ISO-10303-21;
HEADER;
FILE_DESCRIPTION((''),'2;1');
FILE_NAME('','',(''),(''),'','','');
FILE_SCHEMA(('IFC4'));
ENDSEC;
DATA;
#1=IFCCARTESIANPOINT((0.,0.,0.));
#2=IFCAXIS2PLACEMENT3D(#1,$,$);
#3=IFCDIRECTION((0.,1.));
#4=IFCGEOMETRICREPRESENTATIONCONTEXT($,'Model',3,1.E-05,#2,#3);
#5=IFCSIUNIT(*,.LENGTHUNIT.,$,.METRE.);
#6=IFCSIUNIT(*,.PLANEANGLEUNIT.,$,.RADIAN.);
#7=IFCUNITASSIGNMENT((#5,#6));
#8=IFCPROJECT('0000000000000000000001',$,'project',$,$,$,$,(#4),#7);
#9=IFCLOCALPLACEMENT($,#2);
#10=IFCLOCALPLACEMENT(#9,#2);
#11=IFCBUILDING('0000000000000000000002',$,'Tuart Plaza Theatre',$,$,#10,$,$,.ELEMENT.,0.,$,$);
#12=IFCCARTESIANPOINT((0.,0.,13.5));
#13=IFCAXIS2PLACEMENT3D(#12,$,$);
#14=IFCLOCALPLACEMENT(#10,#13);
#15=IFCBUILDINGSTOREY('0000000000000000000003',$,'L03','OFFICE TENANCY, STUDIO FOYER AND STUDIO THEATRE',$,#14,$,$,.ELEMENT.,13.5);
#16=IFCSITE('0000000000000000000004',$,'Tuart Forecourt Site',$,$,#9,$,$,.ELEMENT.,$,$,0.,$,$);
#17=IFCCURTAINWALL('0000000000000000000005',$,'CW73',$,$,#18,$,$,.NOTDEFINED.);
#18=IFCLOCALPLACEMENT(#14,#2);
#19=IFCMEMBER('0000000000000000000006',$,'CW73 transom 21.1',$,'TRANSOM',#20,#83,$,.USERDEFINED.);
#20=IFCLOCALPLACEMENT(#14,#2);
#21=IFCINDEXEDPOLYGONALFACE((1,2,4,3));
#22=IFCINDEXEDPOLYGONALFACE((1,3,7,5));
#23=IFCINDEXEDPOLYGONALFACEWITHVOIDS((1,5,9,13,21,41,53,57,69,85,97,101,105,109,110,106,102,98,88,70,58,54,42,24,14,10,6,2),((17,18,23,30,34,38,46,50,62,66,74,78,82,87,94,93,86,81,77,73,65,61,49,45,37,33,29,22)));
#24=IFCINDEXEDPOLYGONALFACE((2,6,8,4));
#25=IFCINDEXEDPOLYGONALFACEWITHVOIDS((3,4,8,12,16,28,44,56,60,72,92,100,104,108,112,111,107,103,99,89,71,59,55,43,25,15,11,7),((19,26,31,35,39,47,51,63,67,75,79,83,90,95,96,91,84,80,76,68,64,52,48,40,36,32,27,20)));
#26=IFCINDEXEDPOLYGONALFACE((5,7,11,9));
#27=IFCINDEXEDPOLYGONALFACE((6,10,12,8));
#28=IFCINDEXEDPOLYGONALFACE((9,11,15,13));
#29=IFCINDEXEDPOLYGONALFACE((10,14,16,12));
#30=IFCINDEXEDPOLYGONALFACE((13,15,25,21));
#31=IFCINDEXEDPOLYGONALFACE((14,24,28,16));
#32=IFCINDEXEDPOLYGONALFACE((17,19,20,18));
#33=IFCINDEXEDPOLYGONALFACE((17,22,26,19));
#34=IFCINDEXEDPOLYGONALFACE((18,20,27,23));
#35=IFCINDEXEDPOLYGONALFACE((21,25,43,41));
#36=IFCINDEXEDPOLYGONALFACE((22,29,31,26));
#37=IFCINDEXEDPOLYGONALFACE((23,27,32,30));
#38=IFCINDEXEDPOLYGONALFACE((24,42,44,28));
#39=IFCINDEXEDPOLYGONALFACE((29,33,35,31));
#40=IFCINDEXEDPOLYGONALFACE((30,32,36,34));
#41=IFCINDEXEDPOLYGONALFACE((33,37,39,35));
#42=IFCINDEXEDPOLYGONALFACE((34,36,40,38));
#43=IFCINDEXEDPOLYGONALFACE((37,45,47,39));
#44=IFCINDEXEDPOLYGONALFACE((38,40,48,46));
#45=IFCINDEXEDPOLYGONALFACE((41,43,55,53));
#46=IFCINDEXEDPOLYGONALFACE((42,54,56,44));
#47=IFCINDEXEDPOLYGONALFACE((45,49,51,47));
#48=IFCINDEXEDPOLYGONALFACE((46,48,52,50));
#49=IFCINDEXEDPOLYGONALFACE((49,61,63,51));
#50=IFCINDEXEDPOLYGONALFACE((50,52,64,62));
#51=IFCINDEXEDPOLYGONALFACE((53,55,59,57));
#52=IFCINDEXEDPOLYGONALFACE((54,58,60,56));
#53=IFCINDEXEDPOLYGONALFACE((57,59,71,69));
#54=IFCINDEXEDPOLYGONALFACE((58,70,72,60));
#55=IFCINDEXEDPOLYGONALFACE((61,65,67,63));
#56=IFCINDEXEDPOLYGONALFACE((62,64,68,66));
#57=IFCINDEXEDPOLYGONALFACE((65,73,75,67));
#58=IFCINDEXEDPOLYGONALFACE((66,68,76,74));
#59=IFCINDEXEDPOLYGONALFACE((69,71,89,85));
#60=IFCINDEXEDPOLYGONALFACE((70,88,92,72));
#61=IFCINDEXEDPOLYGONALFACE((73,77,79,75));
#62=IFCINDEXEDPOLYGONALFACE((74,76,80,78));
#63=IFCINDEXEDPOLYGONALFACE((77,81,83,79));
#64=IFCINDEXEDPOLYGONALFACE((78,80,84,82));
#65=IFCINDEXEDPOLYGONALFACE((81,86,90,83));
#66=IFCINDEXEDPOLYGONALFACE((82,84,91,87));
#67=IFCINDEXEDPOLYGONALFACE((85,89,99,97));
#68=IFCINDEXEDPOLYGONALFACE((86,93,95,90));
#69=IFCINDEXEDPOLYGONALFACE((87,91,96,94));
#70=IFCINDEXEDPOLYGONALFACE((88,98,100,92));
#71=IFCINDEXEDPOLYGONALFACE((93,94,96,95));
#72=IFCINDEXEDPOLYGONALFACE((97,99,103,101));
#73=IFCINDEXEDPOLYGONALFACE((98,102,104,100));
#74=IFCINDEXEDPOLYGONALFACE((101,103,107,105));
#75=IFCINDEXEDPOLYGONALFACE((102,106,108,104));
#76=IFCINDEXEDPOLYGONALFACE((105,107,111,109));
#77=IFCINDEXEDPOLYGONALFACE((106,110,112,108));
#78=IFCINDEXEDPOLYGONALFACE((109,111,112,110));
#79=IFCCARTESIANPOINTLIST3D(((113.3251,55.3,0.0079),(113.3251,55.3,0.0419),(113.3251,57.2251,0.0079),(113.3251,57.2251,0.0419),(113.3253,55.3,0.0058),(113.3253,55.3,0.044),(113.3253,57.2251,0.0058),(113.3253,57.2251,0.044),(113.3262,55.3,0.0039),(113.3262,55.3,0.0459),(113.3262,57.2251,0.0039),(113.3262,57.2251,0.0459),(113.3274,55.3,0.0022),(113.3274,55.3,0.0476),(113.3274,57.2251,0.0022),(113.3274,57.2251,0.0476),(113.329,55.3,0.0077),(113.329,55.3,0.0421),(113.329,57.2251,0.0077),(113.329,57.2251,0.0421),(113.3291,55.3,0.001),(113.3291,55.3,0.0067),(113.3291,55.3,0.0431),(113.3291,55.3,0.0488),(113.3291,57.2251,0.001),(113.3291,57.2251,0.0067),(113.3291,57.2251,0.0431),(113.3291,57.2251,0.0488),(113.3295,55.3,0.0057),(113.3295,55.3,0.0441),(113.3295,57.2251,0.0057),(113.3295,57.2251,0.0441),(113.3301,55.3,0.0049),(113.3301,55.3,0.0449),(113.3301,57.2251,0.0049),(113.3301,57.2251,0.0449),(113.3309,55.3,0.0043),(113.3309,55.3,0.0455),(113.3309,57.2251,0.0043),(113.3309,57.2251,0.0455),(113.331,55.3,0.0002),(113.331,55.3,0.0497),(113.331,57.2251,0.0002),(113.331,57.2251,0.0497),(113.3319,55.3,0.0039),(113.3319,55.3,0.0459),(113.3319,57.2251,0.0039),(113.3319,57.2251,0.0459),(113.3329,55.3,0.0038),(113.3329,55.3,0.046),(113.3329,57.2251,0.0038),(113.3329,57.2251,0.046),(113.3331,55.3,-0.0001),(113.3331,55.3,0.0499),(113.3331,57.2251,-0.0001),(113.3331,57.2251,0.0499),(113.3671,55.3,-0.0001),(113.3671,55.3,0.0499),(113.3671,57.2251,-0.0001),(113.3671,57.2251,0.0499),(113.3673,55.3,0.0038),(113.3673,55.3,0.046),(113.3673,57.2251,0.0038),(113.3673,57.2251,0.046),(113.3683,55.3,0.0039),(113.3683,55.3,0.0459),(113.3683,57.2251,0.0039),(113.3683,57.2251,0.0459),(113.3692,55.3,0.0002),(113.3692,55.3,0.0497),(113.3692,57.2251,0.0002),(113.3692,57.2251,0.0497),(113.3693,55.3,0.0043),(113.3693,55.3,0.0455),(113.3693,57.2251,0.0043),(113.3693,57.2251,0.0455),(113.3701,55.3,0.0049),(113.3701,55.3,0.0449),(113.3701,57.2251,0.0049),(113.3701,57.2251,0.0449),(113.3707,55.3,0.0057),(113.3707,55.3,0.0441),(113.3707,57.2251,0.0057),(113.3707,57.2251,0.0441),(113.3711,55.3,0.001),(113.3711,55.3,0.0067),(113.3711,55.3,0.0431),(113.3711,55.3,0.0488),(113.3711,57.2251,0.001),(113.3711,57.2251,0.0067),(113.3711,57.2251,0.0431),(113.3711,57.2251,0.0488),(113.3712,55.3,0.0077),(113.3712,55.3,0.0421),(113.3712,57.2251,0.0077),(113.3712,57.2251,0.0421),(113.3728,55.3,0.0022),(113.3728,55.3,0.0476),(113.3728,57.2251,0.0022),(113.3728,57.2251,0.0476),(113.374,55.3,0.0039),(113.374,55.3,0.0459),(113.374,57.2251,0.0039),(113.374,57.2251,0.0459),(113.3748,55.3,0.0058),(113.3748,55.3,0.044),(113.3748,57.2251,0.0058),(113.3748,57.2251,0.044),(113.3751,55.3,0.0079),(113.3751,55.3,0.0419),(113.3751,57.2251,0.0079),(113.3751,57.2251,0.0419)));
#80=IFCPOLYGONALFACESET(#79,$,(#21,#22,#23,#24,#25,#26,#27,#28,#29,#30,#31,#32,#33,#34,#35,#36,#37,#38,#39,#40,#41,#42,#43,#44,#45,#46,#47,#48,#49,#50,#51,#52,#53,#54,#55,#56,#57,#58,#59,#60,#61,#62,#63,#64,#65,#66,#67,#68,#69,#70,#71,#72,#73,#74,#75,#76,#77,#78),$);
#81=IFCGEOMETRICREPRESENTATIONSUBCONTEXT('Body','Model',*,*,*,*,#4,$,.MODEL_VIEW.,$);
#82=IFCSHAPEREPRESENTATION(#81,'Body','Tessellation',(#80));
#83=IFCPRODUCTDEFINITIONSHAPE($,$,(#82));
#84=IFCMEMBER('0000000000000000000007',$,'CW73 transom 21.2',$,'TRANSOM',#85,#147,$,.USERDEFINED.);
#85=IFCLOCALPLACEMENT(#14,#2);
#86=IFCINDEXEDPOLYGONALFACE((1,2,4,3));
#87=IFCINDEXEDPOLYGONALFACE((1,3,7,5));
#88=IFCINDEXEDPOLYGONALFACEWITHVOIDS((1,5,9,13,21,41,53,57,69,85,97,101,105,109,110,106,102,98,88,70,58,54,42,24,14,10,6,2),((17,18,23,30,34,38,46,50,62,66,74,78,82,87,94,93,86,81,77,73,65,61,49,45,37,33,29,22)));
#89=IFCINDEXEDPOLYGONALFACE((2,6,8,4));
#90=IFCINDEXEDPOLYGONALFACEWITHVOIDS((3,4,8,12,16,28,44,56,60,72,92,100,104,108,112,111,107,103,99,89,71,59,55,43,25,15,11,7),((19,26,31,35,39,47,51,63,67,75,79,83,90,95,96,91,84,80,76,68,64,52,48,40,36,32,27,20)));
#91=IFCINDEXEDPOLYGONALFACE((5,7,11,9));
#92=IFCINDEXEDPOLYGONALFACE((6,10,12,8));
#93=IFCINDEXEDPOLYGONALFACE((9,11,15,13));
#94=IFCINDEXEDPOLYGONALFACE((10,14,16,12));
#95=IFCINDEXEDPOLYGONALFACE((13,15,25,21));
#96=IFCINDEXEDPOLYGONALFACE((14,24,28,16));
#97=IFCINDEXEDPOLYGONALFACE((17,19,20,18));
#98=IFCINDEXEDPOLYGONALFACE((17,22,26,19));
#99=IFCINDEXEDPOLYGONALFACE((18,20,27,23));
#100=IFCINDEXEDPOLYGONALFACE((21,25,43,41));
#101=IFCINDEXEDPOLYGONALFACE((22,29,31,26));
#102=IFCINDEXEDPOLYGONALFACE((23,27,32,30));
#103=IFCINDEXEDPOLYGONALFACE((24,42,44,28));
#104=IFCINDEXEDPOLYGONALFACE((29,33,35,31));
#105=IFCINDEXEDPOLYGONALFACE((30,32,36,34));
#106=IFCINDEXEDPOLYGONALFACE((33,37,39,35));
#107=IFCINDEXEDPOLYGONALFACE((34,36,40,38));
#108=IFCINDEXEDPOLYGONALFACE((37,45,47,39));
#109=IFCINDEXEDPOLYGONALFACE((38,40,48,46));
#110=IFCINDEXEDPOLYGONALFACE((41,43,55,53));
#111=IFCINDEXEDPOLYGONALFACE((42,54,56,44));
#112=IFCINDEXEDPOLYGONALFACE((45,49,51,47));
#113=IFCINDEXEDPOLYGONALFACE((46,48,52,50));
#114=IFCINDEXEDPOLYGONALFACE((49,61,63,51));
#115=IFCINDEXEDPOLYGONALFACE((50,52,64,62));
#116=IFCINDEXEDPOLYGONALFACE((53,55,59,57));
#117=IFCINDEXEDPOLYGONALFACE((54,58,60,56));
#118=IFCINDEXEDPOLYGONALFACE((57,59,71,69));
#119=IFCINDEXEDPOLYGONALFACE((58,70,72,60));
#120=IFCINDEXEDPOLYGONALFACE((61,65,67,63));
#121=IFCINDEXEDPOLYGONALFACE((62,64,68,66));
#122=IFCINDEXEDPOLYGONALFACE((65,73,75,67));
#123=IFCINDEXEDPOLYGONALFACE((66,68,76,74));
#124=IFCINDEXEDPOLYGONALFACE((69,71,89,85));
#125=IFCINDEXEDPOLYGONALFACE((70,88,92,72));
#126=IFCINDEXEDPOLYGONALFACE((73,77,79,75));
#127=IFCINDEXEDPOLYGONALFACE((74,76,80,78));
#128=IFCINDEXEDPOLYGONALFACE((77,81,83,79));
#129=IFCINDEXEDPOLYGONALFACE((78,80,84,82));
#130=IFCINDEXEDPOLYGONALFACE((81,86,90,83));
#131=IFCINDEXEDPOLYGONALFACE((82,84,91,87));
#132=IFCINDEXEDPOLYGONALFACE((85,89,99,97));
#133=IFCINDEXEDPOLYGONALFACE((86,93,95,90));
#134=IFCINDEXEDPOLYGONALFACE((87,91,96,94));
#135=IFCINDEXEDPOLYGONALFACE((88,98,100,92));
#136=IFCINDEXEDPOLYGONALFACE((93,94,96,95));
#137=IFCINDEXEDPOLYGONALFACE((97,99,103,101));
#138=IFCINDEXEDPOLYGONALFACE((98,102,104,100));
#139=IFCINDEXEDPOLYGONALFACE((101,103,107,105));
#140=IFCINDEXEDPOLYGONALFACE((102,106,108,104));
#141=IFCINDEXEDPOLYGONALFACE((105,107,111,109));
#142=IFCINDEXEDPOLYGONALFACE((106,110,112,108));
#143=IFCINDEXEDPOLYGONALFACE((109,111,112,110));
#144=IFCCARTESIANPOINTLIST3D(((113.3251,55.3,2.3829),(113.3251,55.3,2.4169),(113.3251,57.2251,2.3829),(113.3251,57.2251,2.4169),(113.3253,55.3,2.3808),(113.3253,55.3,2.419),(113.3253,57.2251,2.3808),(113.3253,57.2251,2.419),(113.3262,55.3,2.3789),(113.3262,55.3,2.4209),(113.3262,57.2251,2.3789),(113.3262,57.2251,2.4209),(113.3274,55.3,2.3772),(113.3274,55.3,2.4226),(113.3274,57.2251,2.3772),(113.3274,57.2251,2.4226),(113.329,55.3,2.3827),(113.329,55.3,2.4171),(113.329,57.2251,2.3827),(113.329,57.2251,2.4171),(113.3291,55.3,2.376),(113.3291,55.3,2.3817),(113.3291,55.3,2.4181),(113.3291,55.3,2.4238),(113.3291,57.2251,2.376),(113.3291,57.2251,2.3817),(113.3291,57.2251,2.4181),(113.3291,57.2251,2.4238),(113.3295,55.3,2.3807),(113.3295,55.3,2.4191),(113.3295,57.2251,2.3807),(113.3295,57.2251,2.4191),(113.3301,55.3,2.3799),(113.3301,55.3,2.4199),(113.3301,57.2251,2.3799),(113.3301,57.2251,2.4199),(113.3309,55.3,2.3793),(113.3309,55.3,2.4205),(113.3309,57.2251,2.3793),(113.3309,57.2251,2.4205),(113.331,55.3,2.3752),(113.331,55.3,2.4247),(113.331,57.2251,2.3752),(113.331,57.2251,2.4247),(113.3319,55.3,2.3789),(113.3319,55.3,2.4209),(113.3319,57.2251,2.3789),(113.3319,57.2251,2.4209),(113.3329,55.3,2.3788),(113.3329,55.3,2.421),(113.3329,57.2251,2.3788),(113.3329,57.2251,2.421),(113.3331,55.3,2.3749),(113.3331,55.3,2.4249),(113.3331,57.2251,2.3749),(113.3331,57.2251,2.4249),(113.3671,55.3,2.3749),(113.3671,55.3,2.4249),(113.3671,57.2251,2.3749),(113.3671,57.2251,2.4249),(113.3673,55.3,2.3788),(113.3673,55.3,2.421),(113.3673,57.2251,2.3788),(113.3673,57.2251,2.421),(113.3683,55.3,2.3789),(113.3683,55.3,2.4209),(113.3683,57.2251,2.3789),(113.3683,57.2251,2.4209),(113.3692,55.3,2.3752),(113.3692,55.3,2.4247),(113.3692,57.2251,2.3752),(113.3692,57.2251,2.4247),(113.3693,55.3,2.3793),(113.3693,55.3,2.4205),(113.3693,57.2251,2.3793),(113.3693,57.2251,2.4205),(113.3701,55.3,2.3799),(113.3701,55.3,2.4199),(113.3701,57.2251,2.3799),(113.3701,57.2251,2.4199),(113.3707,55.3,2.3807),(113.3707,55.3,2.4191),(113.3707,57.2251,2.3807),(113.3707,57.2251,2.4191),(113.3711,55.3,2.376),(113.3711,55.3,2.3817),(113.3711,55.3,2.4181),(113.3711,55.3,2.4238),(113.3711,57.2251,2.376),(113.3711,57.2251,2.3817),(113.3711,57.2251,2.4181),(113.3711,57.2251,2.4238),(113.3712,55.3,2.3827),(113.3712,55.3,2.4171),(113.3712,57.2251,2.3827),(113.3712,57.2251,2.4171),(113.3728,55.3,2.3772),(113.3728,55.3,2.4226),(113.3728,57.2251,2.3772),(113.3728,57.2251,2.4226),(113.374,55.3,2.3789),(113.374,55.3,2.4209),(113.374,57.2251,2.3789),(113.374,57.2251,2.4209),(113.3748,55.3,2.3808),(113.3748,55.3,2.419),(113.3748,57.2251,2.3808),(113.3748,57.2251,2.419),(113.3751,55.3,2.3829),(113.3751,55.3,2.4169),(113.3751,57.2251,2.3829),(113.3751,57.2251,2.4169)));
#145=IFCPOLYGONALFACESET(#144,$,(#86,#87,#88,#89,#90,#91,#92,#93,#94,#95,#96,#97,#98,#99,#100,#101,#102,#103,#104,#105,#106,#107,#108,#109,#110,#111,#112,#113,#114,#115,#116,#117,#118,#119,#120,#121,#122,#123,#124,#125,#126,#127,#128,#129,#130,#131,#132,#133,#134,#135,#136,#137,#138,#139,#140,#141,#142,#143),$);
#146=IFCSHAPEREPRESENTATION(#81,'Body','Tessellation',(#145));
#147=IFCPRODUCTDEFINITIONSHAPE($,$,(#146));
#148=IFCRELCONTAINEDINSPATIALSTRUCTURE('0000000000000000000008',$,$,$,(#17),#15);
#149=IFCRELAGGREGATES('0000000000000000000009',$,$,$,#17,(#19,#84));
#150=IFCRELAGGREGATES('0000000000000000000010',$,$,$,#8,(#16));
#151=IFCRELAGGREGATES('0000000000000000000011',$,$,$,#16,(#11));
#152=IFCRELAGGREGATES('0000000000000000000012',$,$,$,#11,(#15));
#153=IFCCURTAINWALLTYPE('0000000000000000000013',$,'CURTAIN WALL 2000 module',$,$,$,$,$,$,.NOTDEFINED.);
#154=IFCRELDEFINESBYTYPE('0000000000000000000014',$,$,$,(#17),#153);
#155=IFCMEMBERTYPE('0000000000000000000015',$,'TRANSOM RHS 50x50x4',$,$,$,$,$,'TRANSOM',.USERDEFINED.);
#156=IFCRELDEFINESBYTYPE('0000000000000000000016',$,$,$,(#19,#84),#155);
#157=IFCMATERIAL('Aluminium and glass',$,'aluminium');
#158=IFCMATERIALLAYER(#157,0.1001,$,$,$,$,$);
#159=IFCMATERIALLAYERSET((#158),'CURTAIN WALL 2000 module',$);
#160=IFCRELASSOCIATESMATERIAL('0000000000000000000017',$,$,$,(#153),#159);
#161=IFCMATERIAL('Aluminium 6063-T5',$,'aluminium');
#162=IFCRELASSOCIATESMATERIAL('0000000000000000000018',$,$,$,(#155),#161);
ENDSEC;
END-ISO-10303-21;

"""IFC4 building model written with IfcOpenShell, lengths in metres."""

from ifc_helpers import new_model, si_unit, direction, frame, origin, origin_2d, place, context, subcontext, project, spatial, hollow_rectangle, extrude, material, layer, layer_set, material_profile, profile_set, type_object, element, aggregate, save


model = new_model("IFC4")

# Units and contexts
model_context = context("Model", 3, precision=1e-05, world=origin(), true_north=direction((0.0, 1.0)))
body_context = subcontext(model_context, "Body", "Model", "MODEL_VIEW")
ifc_project = project(units=[si_unit("LENGTHUNIT", "METRE"), si_unit("PLANEANGLEUNIT", "RADIAN")], contexts=[model_context])

# Site, building, storey
site_placement = place(None, origin())
site = spatial("IfcSite", under=ifc_project, at=site_placement, Name="Tuart Forecourt Site", CompositionType="ELEMENT", RefElevation=0.0)
building_placement = place(site_placement, origin())
building = spatial("IfcBuilding", under=site, at=building_placement, Name="Tuart Plaza Theatre", CompositionType="ELEMENT", ElevationOfRefHeight=0.0)
storey_placement = place(building_placement, frame((0.0, 0.0, 13.5)))
storey = spatial("IfcBuildingStorey", under=building, at=storey_placement, Name="L03", Description="OFFICE TENANCY, STUDIO FOYER AND STUDIO THEATRE", CompositionType="ELEMENT", Elevation=13.5)

# Curtain wall, members
ifc_material_1 = material(Name="Aluminium and glass", Category="aluminium")
ifc_layer_1 = layer(ifc_material_1, 0.1001)
ifc_layer_set_1 = layer_set([ifc_layer_1], Name="CURTAIN WALL 2000 module")
curtain_wall_type = type_object("IfcCurtainWallType", Name="CURTAIN WALL 2000 module", PredefinedType="NOTDEFINED", material=ifc_layer_set_1)
curtain_wall_placement = place(storey_placement, origin())
curtain_wall = element("IfcCurtainWall", 1, at=curtain_wall_placement, inside=storey, type_object=curtain_wall_type, Name="CW73", PredefinedType="NOTDEFINED")
ifc_material_2 = material(Name="Aluminium 6063-T5", Category="aluminium")
ifc_material_profile_1 = material_profile(ifc_material_2, hollow_rectangle(XDim=0.05, YDim=0.05, WallThickness=0.0039, InnerFilletRadius=0.0039, OuterFilletRadius=0.0081, at=origin_2d()), Name="RHS 50x50x4")
ifc_profile_set_1 = profile_set([ifc_material_profile_1], Name="Aluminium 6063-T5")
member_type_1 = type_object("IfcMemberType", Name="TRANSOM RHS 50x50x4", ElementType="TRANSOM", PredefinedType="USERDEFINED", material=ifc_profile_set_1)
member_1_placement = place(storey_placement, frame((113.3501, 57.2251, 0.0249), z_axis=(0.0, -1.0, 0.0), x_axis=(1.0, 0.0, 0.0)))
member_1 = element("IfcMember", 2, at=member_1_placement, type_object=member_type_1, Name="CW73 transom 21.1", ObjectType="TRANSOM", PredefinedType="USERDEFINED", context=body_context, shape_type="SweptSolid", body=[
    extrude(hollow_rectangle(XDim=0.05, YDim=0.05, WallThickness=0.0039, InnerFilletRadius=0.0039, OuterFilletRadius=0.0081, at=origin_2d()), origin(), (0.0, 0.0, 1.0), 1.925),
])
member_2_placement = place(storey_placement, frame((113.3501, 57.2251, 2.3999), z_axis=(0.0, -1.0, 0.0), x_axis=(1.0, 0.0, 0.0)))
member_2 = element("IfcMember", 3, at=member_2_placement, type_object=member_type_1, Name="CW73 transom 21.2", ObjectType="TRANSOM", PredefinedType="USERDEFINED", context=body_context, shape_type="SweptSolid", body=[
    extrude(hollow_rectangle(XDim=0.05, YDim=0.05, WallThickness=0.0039, InnerFilletRadius=0.0039, OuterFilletRadius=0.0081, at=origin_2d()), origin(), (0.0, 0.0, 1.0), 1.925),
])
aggregate(curtain_wall, [member_1, member_2])

save(model, "model.ifc")
